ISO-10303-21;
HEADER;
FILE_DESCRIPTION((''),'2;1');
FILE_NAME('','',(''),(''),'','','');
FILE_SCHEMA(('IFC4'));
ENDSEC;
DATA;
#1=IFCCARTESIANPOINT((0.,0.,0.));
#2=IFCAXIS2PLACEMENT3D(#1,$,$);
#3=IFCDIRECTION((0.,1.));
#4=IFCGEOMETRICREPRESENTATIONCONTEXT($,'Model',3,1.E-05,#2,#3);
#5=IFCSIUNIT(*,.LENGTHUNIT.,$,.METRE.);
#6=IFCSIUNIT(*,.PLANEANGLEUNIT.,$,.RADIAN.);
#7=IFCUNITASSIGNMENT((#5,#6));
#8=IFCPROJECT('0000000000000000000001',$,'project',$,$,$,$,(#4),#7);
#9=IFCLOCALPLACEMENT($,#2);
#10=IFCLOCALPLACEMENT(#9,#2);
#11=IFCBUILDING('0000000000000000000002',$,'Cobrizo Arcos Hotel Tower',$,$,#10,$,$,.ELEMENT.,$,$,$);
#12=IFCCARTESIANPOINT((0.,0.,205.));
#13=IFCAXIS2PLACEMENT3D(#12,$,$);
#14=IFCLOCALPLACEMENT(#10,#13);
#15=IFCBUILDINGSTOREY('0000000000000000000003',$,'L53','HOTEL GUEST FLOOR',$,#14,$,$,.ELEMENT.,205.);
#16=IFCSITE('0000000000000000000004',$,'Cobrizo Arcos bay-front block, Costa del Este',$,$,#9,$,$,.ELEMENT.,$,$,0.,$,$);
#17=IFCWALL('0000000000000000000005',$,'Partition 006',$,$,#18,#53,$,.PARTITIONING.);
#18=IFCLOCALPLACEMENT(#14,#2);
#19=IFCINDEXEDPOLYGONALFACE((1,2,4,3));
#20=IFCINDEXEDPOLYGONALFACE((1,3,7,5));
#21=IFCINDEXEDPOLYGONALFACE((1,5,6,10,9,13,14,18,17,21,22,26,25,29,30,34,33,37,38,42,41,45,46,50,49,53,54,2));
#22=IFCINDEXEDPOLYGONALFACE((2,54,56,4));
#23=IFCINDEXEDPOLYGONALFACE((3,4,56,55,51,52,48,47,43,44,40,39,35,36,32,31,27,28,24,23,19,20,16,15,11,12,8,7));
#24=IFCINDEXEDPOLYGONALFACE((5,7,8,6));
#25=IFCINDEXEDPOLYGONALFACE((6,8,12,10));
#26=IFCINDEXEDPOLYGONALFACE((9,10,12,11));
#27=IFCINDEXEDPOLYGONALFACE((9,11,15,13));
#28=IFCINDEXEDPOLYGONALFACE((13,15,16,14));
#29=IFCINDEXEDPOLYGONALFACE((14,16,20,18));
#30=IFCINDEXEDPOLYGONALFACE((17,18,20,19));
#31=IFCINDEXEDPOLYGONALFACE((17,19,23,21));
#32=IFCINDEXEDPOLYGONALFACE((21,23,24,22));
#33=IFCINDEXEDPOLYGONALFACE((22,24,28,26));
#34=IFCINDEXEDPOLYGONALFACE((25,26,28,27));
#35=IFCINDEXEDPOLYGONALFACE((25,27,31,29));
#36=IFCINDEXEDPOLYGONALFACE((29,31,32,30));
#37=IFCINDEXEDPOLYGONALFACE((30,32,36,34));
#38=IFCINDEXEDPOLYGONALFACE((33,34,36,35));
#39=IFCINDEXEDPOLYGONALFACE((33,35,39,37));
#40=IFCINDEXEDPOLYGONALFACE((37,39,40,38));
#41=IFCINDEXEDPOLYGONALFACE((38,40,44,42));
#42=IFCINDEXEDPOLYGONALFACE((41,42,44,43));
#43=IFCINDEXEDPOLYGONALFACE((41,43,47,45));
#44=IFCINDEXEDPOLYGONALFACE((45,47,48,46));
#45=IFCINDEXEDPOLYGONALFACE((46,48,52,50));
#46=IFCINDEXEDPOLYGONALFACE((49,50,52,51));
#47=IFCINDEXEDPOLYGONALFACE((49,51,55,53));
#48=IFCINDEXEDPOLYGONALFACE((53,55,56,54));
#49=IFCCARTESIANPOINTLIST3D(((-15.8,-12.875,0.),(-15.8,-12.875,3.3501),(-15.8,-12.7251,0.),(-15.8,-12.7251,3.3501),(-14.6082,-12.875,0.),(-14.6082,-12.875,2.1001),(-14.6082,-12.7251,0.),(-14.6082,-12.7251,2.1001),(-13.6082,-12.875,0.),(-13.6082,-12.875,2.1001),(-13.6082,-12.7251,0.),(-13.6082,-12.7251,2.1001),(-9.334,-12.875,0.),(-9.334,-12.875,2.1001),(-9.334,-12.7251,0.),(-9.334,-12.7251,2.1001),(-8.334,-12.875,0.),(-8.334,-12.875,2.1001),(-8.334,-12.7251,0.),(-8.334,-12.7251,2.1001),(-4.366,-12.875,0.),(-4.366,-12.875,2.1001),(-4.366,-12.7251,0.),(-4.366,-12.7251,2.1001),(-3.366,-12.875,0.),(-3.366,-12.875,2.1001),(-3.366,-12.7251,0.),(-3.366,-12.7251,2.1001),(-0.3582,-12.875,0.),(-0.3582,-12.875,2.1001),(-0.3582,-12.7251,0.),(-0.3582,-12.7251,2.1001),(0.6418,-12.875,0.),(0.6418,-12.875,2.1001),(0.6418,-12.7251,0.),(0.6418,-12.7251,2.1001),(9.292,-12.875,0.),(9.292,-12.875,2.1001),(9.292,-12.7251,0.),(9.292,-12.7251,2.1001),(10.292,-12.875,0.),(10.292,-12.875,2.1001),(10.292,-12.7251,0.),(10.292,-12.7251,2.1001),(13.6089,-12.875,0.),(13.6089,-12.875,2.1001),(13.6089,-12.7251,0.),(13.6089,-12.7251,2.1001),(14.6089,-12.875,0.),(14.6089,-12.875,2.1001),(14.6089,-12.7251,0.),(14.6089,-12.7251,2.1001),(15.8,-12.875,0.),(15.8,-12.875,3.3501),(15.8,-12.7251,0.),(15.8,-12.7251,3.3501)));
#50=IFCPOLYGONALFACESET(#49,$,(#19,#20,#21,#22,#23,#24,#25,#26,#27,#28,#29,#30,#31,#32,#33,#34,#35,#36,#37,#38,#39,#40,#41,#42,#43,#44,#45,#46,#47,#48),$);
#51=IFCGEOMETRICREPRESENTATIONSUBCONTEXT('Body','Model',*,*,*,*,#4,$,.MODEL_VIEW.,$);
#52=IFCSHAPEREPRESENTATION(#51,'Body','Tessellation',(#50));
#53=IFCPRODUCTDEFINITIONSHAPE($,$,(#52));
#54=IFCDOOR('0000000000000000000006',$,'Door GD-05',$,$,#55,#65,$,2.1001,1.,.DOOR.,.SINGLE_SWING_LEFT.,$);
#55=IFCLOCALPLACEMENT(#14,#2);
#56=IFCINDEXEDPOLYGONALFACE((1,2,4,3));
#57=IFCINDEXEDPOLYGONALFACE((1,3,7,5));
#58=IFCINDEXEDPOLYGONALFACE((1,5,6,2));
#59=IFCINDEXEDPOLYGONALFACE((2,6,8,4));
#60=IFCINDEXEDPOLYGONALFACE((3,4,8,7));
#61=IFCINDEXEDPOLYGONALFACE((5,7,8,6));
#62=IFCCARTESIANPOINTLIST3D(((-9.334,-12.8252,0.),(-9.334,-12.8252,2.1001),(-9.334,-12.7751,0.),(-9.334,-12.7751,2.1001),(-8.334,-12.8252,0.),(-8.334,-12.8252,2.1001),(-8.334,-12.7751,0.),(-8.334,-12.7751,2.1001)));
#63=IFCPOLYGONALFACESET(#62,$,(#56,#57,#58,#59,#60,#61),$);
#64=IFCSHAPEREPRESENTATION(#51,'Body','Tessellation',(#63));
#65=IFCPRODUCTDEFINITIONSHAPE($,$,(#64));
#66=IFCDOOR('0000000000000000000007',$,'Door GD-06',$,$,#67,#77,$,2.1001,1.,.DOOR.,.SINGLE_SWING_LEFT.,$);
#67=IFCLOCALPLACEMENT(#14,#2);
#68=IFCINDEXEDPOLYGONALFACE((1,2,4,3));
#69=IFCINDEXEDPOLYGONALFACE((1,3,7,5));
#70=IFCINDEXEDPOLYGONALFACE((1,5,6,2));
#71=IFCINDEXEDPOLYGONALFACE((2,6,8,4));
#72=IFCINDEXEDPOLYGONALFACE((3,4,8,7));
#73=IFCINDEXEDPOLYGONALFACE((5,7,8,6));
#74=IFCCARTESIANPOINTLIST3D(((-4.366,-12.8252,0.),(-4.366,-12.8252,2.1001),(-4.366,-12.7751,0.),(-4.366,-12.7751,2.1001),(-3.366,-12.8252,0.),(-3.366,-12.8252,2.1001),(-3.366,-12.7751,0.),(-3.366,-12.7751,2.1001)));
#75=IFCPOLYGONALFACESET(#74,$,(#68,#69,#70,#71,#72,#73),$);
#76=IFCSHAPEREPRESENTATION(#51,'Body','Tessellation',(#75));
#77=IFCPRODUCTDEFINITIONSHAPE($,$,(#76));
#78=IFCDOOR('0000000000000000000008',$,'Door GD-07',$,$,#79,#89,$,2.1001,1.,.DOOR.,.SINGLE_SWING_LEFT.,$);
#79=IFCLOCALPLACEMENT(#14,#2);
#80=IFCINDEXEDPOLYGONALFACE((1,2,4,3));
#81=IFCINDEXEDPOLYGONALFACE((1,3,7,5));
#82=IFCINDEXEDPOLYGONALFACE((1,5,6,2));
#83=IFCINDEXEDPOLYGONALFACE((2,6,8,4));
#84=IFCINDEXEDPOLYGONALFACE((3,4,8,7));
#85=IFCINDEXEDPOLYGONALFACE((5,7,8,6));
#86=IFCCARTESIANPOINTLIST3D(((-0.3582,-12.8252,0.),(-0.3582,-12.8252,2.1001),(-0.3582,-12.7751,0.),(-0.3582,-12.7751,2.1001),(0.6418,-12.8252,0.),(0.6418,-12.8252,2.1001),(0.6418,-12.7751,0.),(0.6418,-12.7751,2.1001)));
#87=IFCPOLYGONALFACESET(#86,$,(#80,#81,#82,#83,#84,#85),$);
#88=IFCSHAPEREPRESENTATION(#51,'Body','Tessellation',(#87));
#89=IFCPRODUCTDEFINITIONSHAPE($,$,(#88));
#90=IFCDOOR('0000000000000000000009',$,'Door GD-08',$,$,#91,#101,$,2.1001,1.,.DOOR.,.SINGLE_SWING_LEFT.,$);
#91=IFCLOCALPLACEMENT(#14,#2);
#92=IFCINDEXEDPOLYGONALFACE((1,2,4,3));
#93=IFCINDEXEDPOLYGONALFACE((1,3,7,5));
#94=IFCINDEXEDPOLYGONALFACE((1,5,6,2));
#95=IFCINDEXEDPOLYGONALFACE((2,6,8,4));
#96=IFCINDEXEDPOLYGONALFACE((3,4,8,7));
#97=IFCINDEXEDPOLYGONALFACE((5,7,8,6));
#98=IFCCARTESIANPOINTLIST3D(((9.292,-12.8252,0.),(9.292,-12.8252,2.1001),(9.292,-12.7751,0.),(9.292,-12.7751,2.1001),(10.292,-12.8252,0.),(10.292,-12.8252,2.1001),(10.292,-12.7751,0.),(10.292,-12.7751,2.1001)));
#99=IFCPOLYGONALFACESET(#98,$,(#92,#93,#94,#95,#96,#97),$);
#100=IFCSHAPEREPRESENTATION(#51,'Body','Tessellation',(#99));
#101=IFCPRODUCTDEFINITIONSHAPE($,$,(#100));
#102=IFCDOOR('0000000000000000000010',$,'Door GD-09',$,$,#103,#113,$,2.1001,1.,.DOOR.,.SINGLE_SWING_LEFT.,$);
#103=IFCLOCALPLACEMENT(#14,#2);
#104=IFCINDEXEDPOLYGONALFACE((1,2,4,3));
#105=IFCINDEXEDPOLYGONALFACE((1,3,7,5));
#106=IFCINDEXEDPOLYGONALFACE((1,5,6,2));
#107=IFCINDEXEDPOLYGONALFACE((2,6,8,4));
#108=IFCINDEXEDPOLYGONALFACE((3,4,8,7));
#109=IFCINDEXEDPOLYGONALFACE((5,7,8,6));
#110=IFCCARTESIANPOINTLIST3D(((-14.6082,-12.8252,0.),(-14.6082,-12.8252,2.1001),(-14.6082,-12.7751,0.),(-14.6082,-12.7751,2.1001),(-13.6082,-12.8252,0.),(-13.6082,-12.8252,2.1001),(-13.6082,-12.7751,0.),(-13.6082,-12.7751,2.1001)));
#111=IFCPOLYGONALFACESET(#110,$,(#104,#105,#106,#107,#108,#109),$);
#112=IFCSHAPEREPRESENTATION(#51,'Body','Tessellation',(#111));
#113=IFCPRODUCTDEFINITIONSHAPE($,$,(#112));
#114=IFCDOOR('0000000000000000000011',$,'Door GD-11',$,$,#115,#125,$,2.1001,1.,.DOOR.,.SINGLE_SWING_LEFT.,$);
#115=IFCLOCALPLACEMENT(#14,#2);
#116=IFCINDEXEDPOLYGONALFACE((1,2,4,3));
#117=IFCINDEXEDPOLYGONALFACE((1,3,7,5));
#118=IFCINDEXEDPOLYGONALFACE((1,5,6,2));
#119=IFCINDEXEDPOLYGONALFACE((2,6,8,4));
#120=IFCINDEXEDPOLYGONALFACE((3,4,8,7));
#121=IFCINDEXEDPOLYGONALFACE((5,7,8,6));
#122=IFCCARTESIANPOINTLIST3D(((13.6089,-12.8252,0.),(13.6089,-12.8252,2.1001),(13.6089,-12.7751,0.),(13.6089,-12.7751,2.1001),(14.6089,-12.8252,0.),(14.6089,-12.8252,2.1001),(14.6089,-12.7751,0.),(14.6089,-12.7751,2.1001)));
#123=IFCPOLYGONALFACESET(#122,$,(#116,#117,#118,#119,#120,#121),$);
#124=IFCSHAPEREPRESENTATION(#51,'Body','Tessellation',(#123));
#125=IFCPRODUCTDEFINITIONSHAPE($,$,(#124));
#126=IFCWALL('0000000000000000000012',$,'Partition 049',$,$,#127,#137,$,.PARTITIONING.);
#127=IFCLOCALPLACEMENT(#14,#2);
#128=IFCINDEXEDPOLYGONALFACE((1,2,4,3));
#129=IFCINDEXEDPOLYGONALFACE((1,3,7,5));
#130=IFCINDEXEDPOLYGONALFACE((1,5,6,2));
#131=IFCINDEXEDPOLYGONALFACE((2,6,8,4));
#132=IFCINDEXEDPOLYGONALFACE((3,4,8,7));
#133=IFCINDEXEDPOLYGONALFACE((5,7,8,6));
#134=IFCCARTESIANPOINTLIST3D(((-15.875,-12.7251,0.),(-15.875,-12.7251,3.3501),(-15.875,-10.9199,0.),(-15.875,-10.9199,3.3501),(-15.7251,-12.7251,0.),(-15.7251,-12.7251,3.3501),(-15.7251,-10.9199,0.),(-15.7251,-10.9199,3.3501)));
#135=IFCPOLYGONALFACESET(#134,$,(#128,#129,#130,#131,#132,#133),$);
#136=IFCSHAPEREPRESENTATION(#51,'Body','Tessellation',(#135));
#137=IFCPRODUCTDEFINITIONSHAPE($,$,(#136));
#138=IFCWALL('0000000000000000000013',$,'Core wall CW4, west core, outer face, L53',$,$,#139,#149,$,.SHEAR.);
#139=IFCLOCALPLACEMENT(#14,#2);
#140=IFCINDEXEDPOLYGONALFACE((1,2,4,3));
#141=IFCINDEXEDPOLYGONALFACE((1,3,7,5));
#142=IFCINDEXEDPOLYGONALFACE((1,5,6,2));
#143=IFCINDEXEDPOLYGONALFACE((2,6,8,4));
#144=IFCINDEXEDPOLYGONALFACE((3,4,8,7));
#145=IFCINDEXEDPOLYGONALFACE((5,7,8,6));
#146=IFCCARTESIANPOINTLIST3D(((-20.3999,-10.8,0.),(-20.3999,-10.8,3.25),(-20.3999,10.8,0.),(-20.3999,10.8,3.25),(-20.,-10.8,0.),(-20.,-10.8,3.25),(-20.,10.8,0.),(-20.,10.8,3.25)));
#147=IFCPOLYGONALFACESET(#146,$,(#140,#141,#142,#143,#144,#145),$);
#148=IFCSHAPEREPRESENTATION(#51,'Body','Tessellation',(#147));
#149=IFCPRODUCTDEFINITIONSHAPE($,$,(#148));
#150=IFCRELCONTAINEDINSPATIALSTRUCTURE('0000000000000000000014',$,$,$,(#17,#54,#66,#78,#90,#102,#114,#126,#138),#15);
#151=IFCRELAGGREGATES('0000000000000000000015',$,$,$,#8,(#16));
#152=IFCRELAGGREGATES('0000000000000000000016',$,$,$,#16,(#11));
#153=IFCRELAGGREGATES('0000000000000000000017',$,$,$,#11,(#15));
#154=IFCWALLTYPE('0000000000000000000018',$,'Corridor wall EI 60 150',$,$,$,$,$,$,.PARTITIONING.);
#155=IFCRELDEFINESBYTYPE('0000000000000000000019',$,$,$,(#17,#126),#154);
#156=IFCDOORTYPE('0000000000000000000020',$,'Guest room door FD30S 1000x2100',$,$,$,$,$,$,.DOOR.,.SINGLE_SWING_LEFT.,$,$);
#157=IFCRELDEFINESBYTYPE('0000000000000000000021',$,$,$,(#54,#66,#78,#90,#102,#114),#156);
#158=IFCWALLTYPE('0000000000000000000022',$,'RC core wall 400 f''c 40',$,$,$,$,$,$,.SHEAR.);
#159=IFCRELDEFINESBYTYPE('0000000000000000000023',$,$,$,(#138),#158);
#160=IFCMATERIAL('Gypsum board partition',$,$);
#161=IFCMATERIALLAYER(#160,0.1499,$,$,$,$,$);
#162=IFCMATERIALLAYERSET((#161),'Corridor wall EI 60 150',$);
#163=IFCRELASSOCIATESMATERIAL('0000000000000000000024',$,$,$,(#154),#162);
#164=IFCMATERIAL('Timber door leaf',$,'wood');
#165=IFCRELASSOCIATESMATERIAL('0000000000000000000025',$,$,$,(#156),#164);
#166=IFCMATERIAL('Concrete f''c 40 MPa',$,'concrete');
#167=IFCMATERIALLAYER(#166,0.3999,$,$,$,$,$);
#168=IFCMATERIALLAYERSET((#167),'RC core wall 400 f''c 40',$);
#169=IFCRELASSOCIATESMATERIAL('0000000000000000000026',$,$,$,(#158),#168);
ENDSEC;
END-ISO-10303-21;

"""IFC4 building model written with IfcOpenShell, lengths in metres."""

from ifc_helpers import new_model, si_unit, direction, frame, frame_2d, origin, place, context, subcontext, project, spatial, rectangle, extrude, material, layer, layer_set, type_object, element, fill, save


model = new_model("IFC4")

# Units and contexts
model_context = context("Model", 3, precision=1e-05, world=origin(), true_north=direction((0.0, 1.0)))
body_context = subcontext(model_context, "Body", "Model", "MODEL_VIEW")
ifc_project = project(units=[si_unit("LENGTHUNIT", "METRE"), si_unit("PLANEANGLEUNIT", "RADIAN")], contexts=[model_context])

# Site, building, storey
site_placement = place(None, origin())
site = spatial("IfcSite", under=ifc_project, at=site_placement, Name="Cobrizo Arcos bay-front block, Costa del Este", CompositionType="ELEMENT", RefElevation=0.0)
building_placement = place(site_placement, origin())
building = spatial("IfcBuilding", under=site, at=building_placement, Name="Cobrizo Arcos Hotel Tower", CompositionType="ELEMENT")
storey_placement = place(building_placement, frame((0.0, 0.0, 205.0)))
storey = spatial("IfcBuildingStorey", under=building, at=storey_placement, Name="L53", Description="HOTEL GUEST FLOOR", CompositionType="ELEMENT", Elevation=205.0)

# Wall, openings, doors
ifc_material_1 = material(Name="Gypsum board partition")
ifc_layer_1 = layer(ifc_material_1, 0.1499)
ifc_layer_set_1 = layer_set([ifc_layer_1], Name="Corridor wall EI 60 150")
wall_type_1 = type_object("IfcWallType", Name="Corridor wall EI 60 150", PredefinedType="PARTITIONING", material=ifc_layer_set_1)
wall_1_placement = place(storey_placement, frame((-15.8, -12.8, 0.0), z_axis=(0.0, 0.0, 1.0), x_axis=(1.0, 0.0, 0.0)))
wall_1 = element("IfcWall", 1, at=wall_1_placement, inside=storey, type_object=wall_type_1, Name="Partition 006", PredefinedType="PARTITIONING", context=body_context, shape_type="SweptSolid", body=[
    extrude(rectangle(XDim=31.6001, YDim=0.1499, at=frame_2d((15.8, 0.0))), origin(), (0.0, 0.0, 1.0), 3.3501),
])
opening_1_placement = place(wall_1_placement, frame((6.4661, 0.0, 0.0)))
opening_1 = element("IfcOpeningElement", 2, at=opening_1_placement, cuts=wall_1, PredefinedType="OPENING", context=body_context, shape_type="SweptSolid", body=[
    extrude(rectangle(XDim=1.0, YDim=2.1001, at=frame_2d((0.5, 1.05))), frame((0.0, 0.0869, 0.0), z_axis=(0.0, -1.0, 0.0), x_axis=(1.0, 0.0, 0.0)), (0.0, 0.0, 1.0), 0.1738),
])
opening_2_placement = place(wall_1_placement, frame((11.4341, 0.0, 0.0)))
opening_2 = element("IfcOpeningElement", 3, at=opening_2_placement, cuts=wall_1, PredefinedType="OPENING", context=body_context, shape_type="SweptSolid", body=[
    extrude(rectangle(XDim=1.0, YDim=2.1001, at=frame_2d((0.5, 1.05))), frame((0.0, 0.0869, 0.0), z_axis=(0.0, -1.0, 0.0), x_axis=(1.0, 0.0, 0.0)), (0.0, 0.0, 1.0), 0.1738),
])
opening_3_placement = place(wall_1_placement, frame((15.4419, 0.0, 0.0)))
opening_3 = element("IfcOpeningElement", 4, at=opening_3_placement, cuts=wall_1, PredefinedType="OPENING", context=body_context, shape_type="SweptSolid", body=[
    extrude(rectangle(XDim=1.0, YDim=2.1001, at=frame_2d((0.5, 1.05))), frame((0.0, 0.0869, 0.0), z_axis=(0.0, -1.0, 0.0), x_axis=(1.0, 0.0, 0.0)), (0.0, 0.0, 1.0), 0.1738),
])
opening_4_placement = place(wall_1_placement, frame((25.092, 0.0, 0.0)))
opening_4 = element("IfcOpeningElement", 5, at=opening_4_placement, cuts=wall_1, PredefinedType="OPENING", context=body_context, shape_type="SweptSolid", body=[
    extrude(rectangle(XDim=1.0, YDim=2.1001, at=frame_2d((0.5, 1.05))), frame((0.0, 0.0869, 0.0), z_axis=(0.0, -1.0, 0.0), x_axis=(1.0, 0.0, 0.0)), (0.0, 0.0, 1.0), 0.1738),
])
opening_5_placement = place(wall_1_placement, frame((1.1919, 0.0, 0.0)))
opening_5 = element("IfcOpeningElement", 6, at=opening_5_placement, cuts=wall_1, PredefinedType="OPENING", context=body_context, shape_type="SweptSolid", body=[
    extrude(rectangle(XDim=1.0, YDim=2.1001, at=frame_2d((0.5, 1.05))), frame((0.0, 0.0869, 0.0), z_axis=(0.0, -1.0, 0.0), x_axis=(1.0, 0.0, 0.0)), (0.0, 0.0, 1.0), 0.1738),
])
opening_6_placement = place(wall_1_placement, frame((29.4089, 0.0, 0.0)))
opening_6 = element("IfcOpeningElement", 7, at=opening_6_placement, cuts=wall_1, PredefinedType="OPENING", context=body_context, shape_type="SweptSolid", body=[
    extrude(rectangle(XDim=1.0, YDim=2.1001, at=frame_2d((0.5, 1.05))), frame((0.0, 0.0869, 0.0), z_axis=(0.0, -1.0, 0.0), x_axis=(1.0, 0.0, 0.0)), (0.0, 0.0, 1.0), 0.1738),
])
ifc_material_2 = material(Name="Timber door leaf", Category="wood")
door_type = type_object("IfcDoorType", Name="Guest room door FD30S 1000x2100", OperationType="SINGLE_SWING_LEFT", PredefinedType="DOOR", material=ifc_material_2)
door_1_placement = place(opening_1_placement, origin())
door_1 = element("IfcDoor", 8, at=door_1_placement, inside=storey, type_object=door_type, Name="Door GD-05", OperationType="SINGLE_SWING_LEFT", OverallHeight=2.1001, OverallWidth=1.0, PredefinedType="DOOR", context=body_context, shape_type="SweptSolid", body=[
    extrude(rectangle(XDim=1.0, YDim=2.1001, at=frame_2d((0.5, 1.05))), frame((0.0, 0.0249, 0.0), z_axis=(0.0, -1.0, 0.0), x_axis=(1.0, 0.0, 0.0)), (0.0, 0.0, 1.0), 0.05),
])
fill(opening_1, door_1)
door_2_placement = place(opening_2_placement, origin())
door_2 = element("IfcDoor", 9, at=door_2_placement, inside=storey, type_object=door_type, Name="Door GD-06", OperationType="SINGLE_SWING_LEFT", OverallHeight=2.1001, OverallWidth=1.0, PredefinedType="DOOR", context=body_context, shape_type="SweptSolid", body=[
    extrude(rectangle(XDim=1.0, YDim=2.1001, at=frame_2d((0.5, 1.05))), frame((0.0, 0.0249, 0.0), z_axis=(0.0, -1.0, 0.0), x_axis=(1.0, 0.0, 0.0)), (0.0, 0.0, 1.0), 0.05),
])
fill(opening_2, door_2)
door_3_placement = place(opening_3_placement, origin())
door_3 = element("IfcDoor", 10, at=door_3_placement, inside=storey, type_object=door_type, Name="Door GD-07", OperationType="SINGLE_SWING_LEFT", OverallHeight=2.1001, OverallWidth=1.0, PredefinedType="DOOR", context=body_context, shape_type="SweptSolid", body=[
    extrude(rectangle(XDim=1.0, YDim=2.1001, at=frame_2d((0.5, 1.05))), frame((0.0, 0.0249, 0.0), z_axis=(0.0, -1.0, 0.0), x_axis=(1.0, 0.0, 0.0)), (0.0, 0.0, 1.0), 0.05),
])
fill(opening_3, door_3)
door_4_placement = place(opening_4_placement, origin())
door_4 = element("IfcDoor", 11, at=door_4_placement, inside=storey, type_object=door_type, Name="Door GD-08", OperationType="SINGLE_SWING_LEFT", OverallHeight=2.1001, OverallWidth=1.0, PredefinedType="DOOR", context=body_context, shape_type="SweptSolid", body=[
    extrude(rectangle(XDim=1.0, YDim=2.1001, at=frame_2d((0.5, 1.05))), frame((0.0, 0.0249, 0.0), z_axis=(0.0, -1.0, 0.0), x_axis=(1.0, 0.0, 0.0)), (0.0, 0.0, 1.0), 0.05),
])
fill(opening_4, door_4)
door_5_placement = place(opening_5_placement, origin())
door_5 = element("IfcDoor", 12, at=door_5_placement, inside=storey, type_object=door_type, Name="Door GD-09", OperationType="SINGLE_SWING_LEFT", OverallHeight=2.1001, OverallWidth=1.0, PredefinedType="DOOR", context=body_context, shape_type="SweptSolid", body=[
    extrude(rectangle(XDim=1.0, YDim=2.1001, at=frame_2d((0.5, 1.05))), frame((0.0, 0.0249, 0.0), z_axis=(0.0, -1.0, 0.0), x_axis=(1.0, 0.0, 0.0)), (0.0, 0.0, 1.0), 0.05),
])
fill(opening_5, door_5)
door_6_placement = place(opening_6_placement, origin())
door_6 = element("IfcDoor", 13, at=door_6_placement, inside=storey, type_object=door_type, Name="Door GD-11", OperationType="SINGLE_SWING_LEFT", OverallHeight=2.1001, OverallWidth=1.0, PredefinedType="DOOR", context=body_context, shape_type="SweptSolid", body=[
    extrude(rectangle(XDim=1.0, YDim=2.1001, at=frame_2d((0.5, 1.05))), frame((0.0, 0.0249, 0.0), z_axis=(0.0, -1.0, 0.0), x_axis=(1.0, 0.0, 0.0)), (0.0, 0.0, 1.0), 0.05),
])
fill(opening_6, door_6)

# Walls
wall_2_placement = place(storey_placement, frame((-15.8, -12.7251, 0.0), z_axis=(0.0, 0.0, 1.0), x_axis=(0.0, 1.0, 0.0)))
element("IfcWall", 14, at=wall_2_placement, inside=storey, type_object=wall_type_1, Name="Partition 049", PredefinedType="PARTITIONING", context=body_context, shape_type="SweptSolid", body=[
    extrude(rectangle(XDim=1.8052, YDim=0.1499, at=frame_2d((0.9026, 0.0))), origin(), (0.0, 0.0, 1.0), 3.3501),
])
ifc_material_3 = material(Name="Concrete f'c 40 MPa", Category="concrete")
ifc_layer_2 = layer(ifc_material_3, 0.3999)
ifc_layer_set_2 = layer_set([ifc_layer_2], Name="RC core wall 400 f'c 40")
wall_type_2 = type_object("IfcWallType", Name="RC core wall 400 f'c 40", PredefinedType="SHEAR", material=ifc_layer_set_2)
wall_3_placement = place(storey_placement, frame((-20.2, -10.8, 0.0), z_axis=(0.0, 0.0, 1.0), x_axis=(0.0, 1.0, 0.0)))
element("IfcWall", 15, at=wall_3_placement, inside=storey, type_object=wall_type_2, Name="Core wall CW4, west core, outer face, L53", PredefinedType="SHEAR", context=body_context, shape_type="SweptSolid", body=[
    extrude(rectangle(XDim=21.6001, YDim=0.3999, at=frame_2d((10.8, 0.0))), origin(), (0.0, 0.0, 1.0), 3.25),
])

save(model, "model.ifc")
